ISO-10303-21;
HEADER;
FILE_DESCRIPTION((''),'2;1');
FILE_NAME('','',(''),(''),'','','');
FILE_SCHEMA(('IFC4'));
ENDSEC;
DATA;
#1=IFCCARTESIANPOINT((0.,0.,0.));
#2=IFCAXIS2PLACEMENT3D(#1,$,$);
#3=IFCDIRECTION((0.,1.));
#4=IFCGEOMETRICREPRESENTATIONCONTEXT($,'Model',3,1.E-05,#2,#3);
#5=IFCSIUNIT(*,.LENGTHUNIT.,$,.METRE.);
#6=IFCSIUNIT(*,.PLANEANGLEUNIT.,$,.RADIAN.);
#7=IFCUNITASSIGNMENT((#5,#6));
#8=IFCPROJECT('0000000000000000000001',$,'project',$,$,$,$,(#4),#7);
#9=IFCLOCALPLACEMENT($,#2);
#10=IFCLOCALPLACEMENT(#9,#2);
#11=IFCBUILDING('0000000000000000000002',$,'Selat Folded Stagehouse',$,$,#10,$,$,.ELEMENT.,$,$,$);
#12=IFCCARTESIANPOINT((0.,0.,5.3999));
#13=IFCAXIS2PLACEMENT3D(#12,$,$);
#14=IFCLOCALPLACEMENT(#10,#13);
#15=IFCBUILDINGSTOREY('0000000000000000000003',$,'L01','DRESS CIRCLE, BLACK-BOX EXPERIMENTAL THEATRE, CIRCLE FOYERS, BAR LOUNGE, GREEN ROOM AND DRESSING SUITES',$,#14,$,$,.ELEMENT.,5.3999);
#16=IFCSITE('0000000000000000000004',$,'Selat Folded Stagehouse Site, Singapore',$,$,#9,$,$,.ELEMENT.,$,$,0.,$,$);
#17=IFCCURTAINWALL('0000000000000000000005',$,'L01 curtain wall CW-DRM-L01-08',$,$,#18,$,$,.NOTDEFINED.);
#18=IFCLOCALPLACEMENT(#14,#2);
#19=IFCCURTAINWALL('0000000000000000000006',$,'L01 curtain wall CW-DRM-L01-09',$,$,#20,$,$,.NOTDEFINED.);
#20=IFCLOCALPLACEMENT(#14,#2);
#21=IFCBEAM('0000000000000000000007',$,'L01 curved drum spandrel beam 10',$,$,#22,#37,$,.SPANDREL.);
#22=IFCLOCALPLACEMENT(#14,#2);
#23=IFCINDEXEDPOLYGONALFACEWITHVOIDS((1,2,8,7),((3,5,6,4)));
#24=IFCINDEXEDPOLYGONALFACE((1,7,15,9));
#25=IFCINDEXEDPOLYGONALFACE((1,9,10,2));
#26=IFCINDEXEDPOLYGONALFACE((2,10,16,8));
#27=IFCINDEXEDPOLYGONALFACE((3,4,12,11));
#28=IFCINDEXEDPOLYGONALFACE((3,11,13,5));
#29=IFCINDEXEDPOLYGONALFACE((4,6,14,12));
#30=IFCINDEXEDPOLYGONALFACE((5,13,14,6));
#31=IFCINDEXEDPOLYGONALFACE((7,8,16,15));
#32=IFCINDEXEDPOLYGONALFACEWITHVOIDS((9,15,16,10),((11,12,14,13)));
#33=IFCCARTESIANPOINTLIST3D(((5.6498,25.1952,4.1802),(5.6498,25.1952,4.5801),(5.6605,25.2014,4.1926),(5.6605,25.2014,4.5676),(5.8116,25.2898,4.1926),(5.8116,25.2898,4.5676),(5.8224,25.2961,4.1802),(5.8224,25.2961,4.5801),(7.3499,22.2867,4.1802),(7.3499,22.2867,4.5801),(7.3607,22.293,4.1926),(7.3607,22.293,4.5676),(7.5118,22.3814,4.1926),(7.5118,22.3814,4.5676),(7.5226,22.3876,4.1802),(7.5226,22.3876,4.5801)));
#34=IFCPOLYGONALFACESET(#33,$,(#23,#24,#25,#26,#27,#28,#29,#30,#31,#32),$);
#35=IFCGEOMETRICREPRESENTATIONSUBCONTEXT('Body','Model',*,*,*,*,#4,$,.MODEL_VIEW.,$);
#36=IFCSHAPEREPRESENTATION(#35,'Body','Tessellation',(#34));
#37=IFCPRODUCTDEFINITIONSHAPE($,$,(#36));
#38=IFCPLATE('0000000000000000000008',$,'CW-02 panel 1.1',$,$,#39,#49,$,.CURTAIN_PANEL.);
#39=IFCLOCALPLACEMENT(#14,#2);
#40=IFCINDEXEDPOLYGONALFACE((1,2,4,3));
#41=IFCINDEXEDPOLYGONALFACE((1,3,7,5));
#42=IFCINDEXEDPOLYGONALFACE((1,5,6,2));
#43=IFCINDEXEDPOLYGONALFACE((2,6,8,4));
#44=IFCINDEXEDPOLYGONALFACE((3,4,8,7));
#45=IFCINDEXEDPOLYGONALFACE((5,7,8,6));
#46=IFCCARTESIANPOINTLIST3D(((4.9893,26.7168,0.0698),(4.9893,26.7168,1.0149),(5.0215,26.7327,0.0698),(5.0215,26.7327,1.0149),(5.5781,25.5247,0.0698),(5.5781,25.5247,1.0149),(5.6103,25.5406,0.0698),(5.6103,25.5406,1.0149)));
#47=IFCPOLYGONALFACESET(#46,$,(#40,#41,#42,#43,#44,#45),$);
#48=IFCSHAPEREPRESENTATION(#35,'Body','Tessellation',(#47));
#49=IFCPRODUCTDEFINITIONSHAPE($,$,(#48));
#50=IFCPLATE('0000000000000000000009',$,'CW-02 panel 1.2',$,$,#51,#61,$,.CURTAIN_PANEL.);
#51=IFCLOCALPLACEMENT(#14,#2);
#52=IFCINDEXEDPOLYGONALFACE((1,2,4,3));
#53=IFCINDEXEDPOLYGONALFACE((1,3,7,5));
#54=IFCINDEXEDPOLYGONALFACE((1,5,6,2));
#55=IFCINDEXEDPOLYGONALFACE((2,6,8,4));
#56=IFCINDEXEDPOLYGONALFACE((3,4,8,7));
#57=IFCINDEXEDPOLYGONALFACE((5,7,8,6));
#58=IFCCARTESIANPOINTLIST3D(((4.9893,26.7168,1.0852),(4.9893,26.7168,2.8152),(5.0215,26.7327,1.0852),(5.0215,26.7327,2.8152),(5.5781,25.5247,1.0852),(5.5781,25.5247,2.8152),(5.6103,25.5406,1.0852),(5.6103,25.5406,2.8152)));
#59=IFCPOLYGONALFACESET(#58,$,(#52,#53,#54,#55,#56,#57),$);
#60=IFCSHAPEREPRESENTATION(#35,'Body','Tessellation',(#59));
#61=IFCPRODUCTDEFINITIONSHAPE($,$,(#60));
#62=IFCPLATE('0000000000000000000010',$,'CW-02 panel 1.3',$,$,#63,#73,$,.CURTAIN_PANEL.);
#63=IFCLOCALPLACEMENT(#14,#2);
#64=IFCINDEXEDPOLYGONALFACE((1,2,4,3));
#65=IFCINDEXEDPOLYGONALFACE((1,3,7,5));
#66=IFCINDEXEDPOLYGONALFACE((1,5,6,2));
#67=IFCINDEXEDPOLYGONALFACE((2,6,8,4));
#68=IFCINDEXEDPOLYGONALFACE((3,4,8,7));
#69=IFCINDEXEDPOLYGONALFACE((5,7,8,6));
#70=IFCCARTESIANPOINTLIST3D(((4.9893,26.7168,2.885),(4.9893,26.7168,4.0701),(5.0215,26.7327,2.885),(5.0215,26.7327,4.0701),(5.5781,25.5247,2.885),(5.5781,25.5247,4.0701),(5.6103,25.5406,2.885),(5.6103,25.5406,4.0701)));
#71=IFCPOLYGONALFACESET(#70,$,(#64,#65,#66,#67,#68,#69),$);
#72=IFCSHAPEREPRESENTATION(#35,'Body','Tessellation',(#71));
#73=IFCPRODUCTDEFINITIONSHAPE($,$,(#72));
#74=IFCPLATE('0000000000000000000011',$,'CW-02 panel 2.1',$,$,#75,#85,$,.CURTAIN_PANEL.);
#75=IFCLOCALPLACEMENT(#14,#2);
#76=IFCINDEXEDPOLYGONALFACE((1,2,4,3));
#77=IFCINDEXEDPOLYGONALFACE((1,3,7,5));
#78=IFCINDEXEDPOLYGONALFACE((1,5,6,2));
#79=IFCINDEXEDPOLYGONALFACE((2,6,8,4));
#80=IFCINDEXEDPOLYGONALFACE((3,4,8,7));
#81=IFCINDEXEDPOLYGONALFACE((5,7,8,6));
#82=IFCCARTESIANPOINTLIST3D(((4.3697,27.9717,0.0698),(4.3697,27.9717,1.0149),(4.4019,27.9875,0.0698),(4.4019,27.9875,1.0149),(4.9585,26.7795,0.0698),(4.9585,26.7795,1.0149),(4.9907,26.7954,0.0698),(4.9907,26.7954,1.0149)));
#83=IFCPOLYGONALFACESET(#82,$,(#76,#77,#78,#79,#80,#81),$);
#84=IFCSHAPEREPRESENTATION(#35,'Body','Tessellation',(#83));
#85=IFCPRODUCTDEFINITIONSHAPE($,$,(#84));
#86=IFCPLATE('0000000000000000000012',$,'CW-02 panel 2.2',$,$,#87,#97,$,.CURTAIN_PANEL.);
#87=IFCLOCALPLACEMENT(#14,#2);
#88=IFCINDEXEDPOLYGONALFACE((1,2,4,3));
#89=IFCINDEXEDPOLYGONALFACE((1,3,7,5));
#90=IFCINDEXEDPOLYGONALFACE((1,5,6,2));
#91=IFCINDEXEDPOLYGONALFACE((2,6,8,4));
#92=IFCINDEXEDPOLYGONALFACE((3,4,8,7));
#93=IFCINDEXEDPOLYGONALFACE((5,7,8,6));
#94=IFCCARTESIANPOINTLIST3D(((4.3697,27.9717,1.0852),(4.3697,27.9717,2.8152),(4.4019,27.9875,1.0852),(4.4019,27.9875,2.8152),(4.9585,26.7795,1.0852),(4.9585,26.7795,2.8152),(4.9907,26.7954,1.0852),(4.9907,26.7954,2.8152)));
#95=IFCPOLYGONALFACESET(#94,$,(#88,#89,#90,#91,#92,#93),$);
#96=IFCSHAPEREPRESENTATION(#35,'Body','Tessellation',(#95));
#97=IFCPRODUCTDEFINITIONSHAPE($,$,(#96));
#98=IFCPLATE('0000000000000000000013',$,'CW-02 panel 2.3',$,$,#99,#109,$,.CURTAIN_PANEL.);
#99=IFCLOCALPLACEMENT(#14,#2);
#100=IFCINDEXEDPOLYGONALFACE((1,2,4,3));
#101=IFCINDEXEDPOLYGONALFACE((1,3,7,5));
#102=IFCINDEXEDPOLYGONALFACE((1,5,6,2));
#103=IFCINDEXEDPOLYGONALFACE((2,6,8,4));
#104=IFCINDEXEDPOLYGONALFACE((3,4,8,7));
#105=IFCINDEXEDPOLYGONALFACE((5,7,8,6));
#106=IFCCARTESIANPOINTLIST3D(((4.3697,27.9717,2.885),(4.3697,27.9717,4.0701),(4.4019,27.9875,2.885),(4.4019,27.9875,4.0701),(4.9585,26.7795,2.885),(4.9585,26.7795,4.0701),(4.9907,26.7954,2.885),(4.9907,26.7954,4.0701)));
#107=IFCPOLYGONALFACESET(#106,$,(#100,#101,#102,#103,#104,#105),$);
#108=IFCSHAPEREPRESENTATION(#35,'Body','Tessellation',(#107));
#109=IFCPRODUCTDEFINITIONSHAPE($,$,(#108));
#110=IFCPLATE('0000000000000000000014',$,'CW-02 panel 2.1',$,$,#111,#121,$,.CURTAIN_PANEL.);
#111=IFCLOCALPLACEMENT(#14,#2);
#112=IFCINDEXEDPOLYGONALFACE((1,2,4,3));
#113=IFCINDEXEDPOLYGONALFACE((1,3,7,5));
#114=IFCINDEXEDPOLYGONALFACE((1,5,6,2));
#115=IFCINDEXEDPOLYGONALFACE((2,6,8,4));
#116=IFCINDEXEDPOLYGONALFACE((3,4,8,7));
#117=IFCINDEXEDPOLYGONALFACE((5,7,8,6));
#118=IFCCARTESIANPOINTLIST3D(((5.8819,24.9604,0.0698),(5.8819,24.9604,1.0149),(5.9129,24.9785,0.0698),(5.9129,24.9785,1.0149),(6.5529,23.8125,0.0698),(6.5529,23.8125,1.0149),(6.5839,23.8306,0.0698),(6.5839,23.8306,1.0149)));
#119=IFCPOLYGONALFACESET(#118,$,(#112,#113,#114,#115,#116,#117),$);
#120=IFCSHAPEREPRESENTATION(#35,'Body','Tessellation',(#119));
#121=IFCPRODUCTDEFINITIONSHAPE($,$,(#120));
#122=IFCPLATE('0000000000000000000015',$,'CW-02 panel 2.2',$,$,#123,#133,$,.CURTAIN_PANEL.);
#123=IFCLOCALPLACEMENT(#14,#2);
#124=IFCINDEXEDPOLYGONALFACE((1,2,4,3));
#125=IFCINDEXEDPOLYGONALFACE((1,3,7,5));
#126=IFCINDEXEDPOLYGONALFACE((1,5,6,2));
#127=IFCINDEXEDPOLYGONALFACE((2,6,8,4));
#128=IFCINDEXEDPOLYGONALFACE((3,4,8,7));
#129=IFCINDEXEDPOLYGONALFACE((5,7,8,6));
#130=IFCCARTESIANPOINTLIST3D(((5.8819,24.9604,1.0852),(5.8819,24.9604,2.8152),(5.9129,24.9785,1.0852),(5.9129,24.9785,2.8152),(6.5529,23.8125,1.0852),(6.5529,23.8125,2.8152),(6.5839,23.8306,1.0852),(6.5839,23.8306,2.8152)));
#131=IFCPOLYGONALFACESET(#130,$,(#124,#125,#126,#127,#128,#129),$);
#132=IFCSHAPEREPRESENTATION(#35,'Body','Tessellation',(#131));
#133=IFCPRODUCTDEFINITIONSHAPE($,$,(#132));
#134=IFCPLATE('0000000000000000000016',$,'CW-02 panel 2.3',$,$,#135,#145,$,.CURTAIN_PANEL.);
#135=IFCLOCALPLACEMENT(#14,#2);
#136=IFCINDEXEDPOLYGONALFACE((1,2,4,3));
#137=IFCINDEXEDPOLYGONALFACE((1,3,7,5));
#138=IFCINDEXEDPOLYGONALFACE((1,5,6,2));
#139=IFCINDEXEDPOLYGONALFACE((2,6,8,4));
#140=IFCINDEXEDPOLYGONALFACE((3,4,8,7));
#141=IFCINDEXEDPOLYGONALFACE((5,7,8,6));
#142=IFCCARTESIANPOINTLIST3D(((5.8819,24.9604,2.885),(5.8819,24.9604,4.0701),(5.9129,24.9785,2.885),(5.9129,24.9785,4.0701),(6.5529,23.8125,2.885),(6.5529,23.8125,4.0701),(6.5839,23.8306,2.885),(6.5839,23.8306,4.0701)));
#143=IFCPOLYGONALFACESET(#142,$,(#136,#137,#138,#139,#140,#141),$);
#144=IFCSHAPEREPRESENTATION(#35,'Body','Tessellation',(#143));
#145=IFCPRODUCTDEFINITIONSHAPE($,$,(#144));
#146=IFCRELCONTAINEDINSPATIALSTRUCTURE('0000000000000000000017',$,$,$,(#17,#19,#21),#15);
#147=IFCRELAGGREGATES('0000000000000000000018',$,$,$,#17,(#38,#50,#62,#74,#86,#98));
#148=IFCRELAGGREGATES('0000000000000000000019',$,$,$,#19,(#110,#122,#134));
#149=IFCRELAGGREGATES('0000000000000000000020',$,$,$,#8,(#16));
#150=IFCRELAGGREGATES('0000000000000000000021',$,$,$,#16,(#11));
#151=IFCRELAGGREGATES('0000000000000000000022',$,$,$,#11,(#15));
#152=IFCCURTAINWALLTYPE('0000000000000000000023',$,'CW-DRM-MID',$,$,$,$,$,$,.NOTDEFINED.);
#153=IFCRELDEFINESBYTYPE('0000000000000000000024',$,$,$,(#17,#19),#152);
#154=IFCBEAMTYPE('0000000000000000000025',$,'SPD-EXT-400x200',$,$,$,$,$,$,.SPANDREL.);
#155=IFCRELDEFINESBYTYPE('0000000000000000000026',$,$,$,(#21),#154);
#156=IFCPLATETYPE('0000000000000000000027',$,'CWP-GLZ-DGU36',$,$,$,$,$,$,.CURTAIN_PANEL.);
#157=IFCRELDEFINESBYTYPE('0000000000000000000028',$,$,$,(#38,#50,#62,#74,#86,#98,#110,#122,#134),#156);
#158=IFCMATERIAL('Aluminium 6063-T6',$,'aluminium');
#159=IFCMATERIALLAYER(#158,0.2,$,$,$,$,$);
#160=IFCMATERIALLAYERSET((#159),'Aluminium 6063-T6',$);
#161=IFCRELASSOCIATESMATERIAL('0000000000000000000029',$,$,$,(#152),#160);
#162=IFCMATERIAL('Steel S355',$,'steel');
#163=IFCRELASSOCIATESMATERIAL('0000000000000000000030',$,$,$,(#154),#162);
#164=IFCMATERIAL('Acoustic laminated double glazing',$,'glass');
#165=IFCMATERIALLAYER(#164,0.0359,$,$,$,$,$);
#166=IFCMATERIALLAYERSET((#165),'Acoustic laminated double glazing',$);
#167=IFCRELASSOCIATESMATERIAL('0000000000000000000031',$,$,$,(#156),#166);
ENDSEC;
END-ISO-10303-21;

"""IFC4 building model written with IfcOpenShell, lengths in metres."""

from ifc_helpers import new_model, si_unit, direction, frame, origin, origin_2d, place, context, subcontext, project, spatial, rectangle, hollow_rectangle, extrude, material, layer, layer_set, material_profile, profile_set, type_object, element, aggregate, save


model = new_model("IFC4")

# Units and contexts
model_context = context("Model", 3, precision=1e-05, world=origin(), true_north=direction((0.0, 1.0)))
body_context = subcontext(model_context, "Body", "Model", "MODEL_VIEW")
ifc_project = project(units=[si_unit("LENGTHUNIT", "METRE"), si_unit("PLANEANGLEUNIT", "RADIAN")], contexts=[model_context])

# Site, building, storey
site_placement = place(None, origin())
site = spatial("IfcSite", under=ifc_project, at=site_placement, Name="Selat Folded Stagehouse Site, Singapore", CompositionType="ELEMENT", RefElevation=0.0)
building_placement = place(site_placement, origin())
building = spatial("IfcBuilding", under=site, at=building_placement, Name="Selat Folded Stagehouse", CompositionType="ELEMENT")
storey_placement = place(building_placement, frame((0.0, 0.0, 5.3999)))
storey = spatial("IfcBuildingStorey", under=building, at=storey_placement, Name="L01", Description="DRESS CIRCLE, BLACK-BOX EXPERIMENTAL THEATRE, CIRCLE FOYERS, BAR LOUNGE, GREEN ROOM AND DRESSING SUITES", CompositionType="ELEMENT", Elevation=5.3999)

# Curtain walls
ifc_material_1 = material(Name="Aluminium 6063-T6", Category="aluminium")
ifc_layer_1 = layer(ifc_material_1, 0.2)
ifc_layer_set_1 = layer_set([ifc_layer_1], Name="Aluminium 6063-T6")
curtain_wall_type = type_object("IfcCurtainWallType", Name="CW-DRM-MID", PredefinedType="NOTDEFINED", material=ifc_layer_set_1)
curtain_wall_1_placement = place(storey_placement, origin())
curtain_wall_1 = element("IfcCurtainWall", 1, at=curtain_wall_1_placement, inside=storey, type_object=curtain_wall_type, Name="L01 curtain wall CW-DRM-L01-08", PredefinedType="NOTDEFINED")
curtain_wall_2_placement = place(storey_placement, origin())
curtain_wall_2 = element("IfcCurtainWall", 2, at=curtain_wall_2_placement, inside=storey, type_object=curtain_wall_type, Name="L01 curtain wall CW-DRM-L01-09", PredefinedType="NOTDEFINED")

# Beam
ifc_material_2 = material(Name="Steel S355", Category="steel")
ifc_material_profile_1 = material_profile(ifc_material_2, hollow_rectangle(XDim=0.2, YDim=0.3999, WallThickness=0.0125, at=origin_2d()), Name="RHS 400x200x12.5")
ifc_profile_set_1 = profile_set([ifc_material_profile_1], Name="Steel S355")
beam_type = type_object("IfcBeamType", Name="SPD-EXT-400x200", PredefinedType="SPANDREL", material=ifc_profile_set_1)
beam_placement = place(storey_placement, frame((5.7361, 25.2456, 4.3801), z_axis=(0.504668, -0.863313, 0.0), x_axis=(0.863313, 0.504668, 0.0)))
element("IfcBeam", 3, at=beam_placement, inside=storey, type_object=beam_type, Name="L01 curved drum spandrel beam 10", PredefinedType="SPANDREL", context=body_context, shape_type="SweptSolid", body=[
    extrude(hollow_rectangle(XDim=0.2, YDim=0.3999, WallThickness=0.0125, at=origin_2d()), origin(), (0.0, 0.0, 1.0), 3.3689),
])

# Plates
ifc_material_3 = material(Name="Acoustic laminated double glazing", Category="glass")
ifc_layer_2 = layer(ifc_material_3, 0.0359)
ifc_layer_set_2 = layer_set([ifc_layer_2], Name="Acoustic laminated double glazing")
plate_type = type_object("IfcPlateType", Name="CWP-GLZ-DGU36", PredefinedType="CURTAIN_PANEL", material=ifc_layer_set_2)
plate_1_placement = place(storey_placement, frame((5.2998, 26.1287, 0.0698), z_axis=(0.0, 0.0, 1.0), x_axis=(-0.442845, 0.896598, 0.0)))
plate_1 = element("IfcPlate", 4, at=plate_1_placement, type_object=plate_type, Name="CW-02 panel 1.1", PredefinedType="CURTAIN_PANEL", context=body_context, shape_type="SweptSolid", body=[
    extrude(rectangle(XDim=1.3296, YDim=0.0359, at=origin_2d()), origin(), (0.0, 0.0, 1.0), 0.9451),
])
plate_2_placement = place(storey_placement, frame((5.2998, 26.1287, 1.0852), z_axis=(0.0, 0.0, 1.0), x_axis=(-0.442845, 0.896598, 0.0)))
plate_2 = element("IfcPlate", 5, at=plate_2_placement, type_object=plate_type, Name="CW-02 panel 1.2", PredefinedType="CURTAIN_PANEL", context=body_context, shape_type="SweptSolid", body=[
    extrude(rectangle(XDim=1.3296, YDim=0.0359, at=origin_2d()), origin(), (0.0, 0.0, 1.0), 1.73),
])
plate_3_placement = place(storey_placement, frame((5.2998, 26.1287, 2.885), z_axis=(0.0, 0.0, 1.0), x_axis=(-0.442845, 0.896598, 0.0)))
plate_3 = element("IfcPlate", 6, at=plate_3_placement, type_object=plate_type, Name="CW-02 panel 1.3", PredefinedType="CURTAIN_PANEL", context=body_context, shape_type="SweptSolid", body=[
    extrude(rectangle(XDim=1.3296, YDim=0.0359, at=origin_2d()), origin(), (0.0, 0.0, 1.0), 1.1851),
])
plate_4_placement = place(storey_placement, frame((4.6802, 27.3835, 0.0698), z_axis=(0.0, 0.0, 1.0), x_axis=(-0.442845, 0.896598, 0.0)))
plate_4 = element("IfcPlate", 7, at=plate_4_placement, type_object=plate_type, Name="CW-02 panel 2.1", PredefinedType="CURTAIN_PANEL", context=body_context, shape_type="SweptSolid", body=[
    extrude(rectangle(XDim=1.3296, YDim=0.0359, at=origin_2d()), origin(), (0.0, 0.0, 1.0), 0.9451),
])
plate_5_placement = place(storey_placement, frame((4.6802, 27.3835, 1.0852), z_axis=(0.0, 0.0, 1.0), x_axis=(-0.442845, 0.896598, 0.0)))
plate_5 = element("IfcPlate", 8, at=plate_5_placement, type_object=plate_type, Name="CW-02 panel 2.2", PredefinedType="CURTAIN_PANEL", context=body_context, shape_type="SweptSolid", body=[
    extrude(rectangle(XDim=1.3296, YDim=0.0359, at=origin_2d()), origin(), (0.0, 0.0, 1.0), 1.73),
])
plate_6_placement = place(storey_placement, frame((4.6802, 27.3835, 2.885), z_axis=(0.0, 0.0, 1.0), x_axis=(-0.442845, 0.896598, 0.0)))
plate_6 = element("IfcPlate", 9, at=plate_6_placement, type_object=plate_type, Name="CW-02 panel 2.3", PredefinedType="CURTAIN_PANEL", context=body_context, shape_type="SweptSolid", body=[
    extrude(rectangle(XDim=1.3296, YDim=0.0359, at=origin_2d()), origin(), (0.0, 0.0, 1.0), 1.1851),
])
aggregate(curtain_wall_1, [plate_1, plate_2, plate_3, plate_4, plate_5, plate_6])
plate_7_placement = place(storey_placement, frame((6.2329, 24.3955, 0.0698), z_axis=(0.0, 0.0, 1.0), x_axis=(-0.504636, 0.863332, 0.0)))
plate_7 = element("IfcPlate", 10, at=plate_7_placement, type_object=plate_type, Name="CW-02 panel 2.1", PredefinedType="CURTAIN_PANEL", context=body_context, shape_type="SweptSolid", body=[
    extrude(rectangle(XDim=1.3296, YDim=0.0359, at=origin_2d()), origin(), (0.0, 0.0, 1.0), 0.9451),
])
plate_8_placement = place(storey_placement, frame((6.2329, 24.3955, 1.0852), z_axis=(0.0, 0.0, 1.0), x_axis=(-0.504636, 0.863332, 0.0)))
plate_8 = element("IfcPlate", 11, at=plate_8_placement, type_object=plate_type, Name="CW-02 panel 2.2", PredefinedType="CURTAIN_PANEL", context=body_context, shape_type="SweptSolid", body=[
    extrude(rectangle(XDim=1.3296, YDim=0.0359, at=origin_2d()), origin(), (0.0, 0.0, 1.0), 1.73),
])
plate_9_placement = place(storey_placement, frame((6.2329, 24.3955, 2.885), z_axis=(0.0, 0.0, 1.0), x_axis=(-0.504636, 0.863332, 0.0)))
plate_9 = element("IfcPlate", 12, at=plate_9_placement, type_object=plate_type, Name="CW-02 panel 2.3", PredefinedType="CURTAIN_PANEL", context=body_context, shape_type="SweptSolid", body=[
    extrude(rectangle(XDim=1.3296, YDim=0.0359, at=origin_2d()), origin(), (0.0, 0.0, 1.0), 1.1851),
])
aggregate(curtain_wall_2, [plate_7, plate_8, plate_9])

save(model, "model.ifc")
